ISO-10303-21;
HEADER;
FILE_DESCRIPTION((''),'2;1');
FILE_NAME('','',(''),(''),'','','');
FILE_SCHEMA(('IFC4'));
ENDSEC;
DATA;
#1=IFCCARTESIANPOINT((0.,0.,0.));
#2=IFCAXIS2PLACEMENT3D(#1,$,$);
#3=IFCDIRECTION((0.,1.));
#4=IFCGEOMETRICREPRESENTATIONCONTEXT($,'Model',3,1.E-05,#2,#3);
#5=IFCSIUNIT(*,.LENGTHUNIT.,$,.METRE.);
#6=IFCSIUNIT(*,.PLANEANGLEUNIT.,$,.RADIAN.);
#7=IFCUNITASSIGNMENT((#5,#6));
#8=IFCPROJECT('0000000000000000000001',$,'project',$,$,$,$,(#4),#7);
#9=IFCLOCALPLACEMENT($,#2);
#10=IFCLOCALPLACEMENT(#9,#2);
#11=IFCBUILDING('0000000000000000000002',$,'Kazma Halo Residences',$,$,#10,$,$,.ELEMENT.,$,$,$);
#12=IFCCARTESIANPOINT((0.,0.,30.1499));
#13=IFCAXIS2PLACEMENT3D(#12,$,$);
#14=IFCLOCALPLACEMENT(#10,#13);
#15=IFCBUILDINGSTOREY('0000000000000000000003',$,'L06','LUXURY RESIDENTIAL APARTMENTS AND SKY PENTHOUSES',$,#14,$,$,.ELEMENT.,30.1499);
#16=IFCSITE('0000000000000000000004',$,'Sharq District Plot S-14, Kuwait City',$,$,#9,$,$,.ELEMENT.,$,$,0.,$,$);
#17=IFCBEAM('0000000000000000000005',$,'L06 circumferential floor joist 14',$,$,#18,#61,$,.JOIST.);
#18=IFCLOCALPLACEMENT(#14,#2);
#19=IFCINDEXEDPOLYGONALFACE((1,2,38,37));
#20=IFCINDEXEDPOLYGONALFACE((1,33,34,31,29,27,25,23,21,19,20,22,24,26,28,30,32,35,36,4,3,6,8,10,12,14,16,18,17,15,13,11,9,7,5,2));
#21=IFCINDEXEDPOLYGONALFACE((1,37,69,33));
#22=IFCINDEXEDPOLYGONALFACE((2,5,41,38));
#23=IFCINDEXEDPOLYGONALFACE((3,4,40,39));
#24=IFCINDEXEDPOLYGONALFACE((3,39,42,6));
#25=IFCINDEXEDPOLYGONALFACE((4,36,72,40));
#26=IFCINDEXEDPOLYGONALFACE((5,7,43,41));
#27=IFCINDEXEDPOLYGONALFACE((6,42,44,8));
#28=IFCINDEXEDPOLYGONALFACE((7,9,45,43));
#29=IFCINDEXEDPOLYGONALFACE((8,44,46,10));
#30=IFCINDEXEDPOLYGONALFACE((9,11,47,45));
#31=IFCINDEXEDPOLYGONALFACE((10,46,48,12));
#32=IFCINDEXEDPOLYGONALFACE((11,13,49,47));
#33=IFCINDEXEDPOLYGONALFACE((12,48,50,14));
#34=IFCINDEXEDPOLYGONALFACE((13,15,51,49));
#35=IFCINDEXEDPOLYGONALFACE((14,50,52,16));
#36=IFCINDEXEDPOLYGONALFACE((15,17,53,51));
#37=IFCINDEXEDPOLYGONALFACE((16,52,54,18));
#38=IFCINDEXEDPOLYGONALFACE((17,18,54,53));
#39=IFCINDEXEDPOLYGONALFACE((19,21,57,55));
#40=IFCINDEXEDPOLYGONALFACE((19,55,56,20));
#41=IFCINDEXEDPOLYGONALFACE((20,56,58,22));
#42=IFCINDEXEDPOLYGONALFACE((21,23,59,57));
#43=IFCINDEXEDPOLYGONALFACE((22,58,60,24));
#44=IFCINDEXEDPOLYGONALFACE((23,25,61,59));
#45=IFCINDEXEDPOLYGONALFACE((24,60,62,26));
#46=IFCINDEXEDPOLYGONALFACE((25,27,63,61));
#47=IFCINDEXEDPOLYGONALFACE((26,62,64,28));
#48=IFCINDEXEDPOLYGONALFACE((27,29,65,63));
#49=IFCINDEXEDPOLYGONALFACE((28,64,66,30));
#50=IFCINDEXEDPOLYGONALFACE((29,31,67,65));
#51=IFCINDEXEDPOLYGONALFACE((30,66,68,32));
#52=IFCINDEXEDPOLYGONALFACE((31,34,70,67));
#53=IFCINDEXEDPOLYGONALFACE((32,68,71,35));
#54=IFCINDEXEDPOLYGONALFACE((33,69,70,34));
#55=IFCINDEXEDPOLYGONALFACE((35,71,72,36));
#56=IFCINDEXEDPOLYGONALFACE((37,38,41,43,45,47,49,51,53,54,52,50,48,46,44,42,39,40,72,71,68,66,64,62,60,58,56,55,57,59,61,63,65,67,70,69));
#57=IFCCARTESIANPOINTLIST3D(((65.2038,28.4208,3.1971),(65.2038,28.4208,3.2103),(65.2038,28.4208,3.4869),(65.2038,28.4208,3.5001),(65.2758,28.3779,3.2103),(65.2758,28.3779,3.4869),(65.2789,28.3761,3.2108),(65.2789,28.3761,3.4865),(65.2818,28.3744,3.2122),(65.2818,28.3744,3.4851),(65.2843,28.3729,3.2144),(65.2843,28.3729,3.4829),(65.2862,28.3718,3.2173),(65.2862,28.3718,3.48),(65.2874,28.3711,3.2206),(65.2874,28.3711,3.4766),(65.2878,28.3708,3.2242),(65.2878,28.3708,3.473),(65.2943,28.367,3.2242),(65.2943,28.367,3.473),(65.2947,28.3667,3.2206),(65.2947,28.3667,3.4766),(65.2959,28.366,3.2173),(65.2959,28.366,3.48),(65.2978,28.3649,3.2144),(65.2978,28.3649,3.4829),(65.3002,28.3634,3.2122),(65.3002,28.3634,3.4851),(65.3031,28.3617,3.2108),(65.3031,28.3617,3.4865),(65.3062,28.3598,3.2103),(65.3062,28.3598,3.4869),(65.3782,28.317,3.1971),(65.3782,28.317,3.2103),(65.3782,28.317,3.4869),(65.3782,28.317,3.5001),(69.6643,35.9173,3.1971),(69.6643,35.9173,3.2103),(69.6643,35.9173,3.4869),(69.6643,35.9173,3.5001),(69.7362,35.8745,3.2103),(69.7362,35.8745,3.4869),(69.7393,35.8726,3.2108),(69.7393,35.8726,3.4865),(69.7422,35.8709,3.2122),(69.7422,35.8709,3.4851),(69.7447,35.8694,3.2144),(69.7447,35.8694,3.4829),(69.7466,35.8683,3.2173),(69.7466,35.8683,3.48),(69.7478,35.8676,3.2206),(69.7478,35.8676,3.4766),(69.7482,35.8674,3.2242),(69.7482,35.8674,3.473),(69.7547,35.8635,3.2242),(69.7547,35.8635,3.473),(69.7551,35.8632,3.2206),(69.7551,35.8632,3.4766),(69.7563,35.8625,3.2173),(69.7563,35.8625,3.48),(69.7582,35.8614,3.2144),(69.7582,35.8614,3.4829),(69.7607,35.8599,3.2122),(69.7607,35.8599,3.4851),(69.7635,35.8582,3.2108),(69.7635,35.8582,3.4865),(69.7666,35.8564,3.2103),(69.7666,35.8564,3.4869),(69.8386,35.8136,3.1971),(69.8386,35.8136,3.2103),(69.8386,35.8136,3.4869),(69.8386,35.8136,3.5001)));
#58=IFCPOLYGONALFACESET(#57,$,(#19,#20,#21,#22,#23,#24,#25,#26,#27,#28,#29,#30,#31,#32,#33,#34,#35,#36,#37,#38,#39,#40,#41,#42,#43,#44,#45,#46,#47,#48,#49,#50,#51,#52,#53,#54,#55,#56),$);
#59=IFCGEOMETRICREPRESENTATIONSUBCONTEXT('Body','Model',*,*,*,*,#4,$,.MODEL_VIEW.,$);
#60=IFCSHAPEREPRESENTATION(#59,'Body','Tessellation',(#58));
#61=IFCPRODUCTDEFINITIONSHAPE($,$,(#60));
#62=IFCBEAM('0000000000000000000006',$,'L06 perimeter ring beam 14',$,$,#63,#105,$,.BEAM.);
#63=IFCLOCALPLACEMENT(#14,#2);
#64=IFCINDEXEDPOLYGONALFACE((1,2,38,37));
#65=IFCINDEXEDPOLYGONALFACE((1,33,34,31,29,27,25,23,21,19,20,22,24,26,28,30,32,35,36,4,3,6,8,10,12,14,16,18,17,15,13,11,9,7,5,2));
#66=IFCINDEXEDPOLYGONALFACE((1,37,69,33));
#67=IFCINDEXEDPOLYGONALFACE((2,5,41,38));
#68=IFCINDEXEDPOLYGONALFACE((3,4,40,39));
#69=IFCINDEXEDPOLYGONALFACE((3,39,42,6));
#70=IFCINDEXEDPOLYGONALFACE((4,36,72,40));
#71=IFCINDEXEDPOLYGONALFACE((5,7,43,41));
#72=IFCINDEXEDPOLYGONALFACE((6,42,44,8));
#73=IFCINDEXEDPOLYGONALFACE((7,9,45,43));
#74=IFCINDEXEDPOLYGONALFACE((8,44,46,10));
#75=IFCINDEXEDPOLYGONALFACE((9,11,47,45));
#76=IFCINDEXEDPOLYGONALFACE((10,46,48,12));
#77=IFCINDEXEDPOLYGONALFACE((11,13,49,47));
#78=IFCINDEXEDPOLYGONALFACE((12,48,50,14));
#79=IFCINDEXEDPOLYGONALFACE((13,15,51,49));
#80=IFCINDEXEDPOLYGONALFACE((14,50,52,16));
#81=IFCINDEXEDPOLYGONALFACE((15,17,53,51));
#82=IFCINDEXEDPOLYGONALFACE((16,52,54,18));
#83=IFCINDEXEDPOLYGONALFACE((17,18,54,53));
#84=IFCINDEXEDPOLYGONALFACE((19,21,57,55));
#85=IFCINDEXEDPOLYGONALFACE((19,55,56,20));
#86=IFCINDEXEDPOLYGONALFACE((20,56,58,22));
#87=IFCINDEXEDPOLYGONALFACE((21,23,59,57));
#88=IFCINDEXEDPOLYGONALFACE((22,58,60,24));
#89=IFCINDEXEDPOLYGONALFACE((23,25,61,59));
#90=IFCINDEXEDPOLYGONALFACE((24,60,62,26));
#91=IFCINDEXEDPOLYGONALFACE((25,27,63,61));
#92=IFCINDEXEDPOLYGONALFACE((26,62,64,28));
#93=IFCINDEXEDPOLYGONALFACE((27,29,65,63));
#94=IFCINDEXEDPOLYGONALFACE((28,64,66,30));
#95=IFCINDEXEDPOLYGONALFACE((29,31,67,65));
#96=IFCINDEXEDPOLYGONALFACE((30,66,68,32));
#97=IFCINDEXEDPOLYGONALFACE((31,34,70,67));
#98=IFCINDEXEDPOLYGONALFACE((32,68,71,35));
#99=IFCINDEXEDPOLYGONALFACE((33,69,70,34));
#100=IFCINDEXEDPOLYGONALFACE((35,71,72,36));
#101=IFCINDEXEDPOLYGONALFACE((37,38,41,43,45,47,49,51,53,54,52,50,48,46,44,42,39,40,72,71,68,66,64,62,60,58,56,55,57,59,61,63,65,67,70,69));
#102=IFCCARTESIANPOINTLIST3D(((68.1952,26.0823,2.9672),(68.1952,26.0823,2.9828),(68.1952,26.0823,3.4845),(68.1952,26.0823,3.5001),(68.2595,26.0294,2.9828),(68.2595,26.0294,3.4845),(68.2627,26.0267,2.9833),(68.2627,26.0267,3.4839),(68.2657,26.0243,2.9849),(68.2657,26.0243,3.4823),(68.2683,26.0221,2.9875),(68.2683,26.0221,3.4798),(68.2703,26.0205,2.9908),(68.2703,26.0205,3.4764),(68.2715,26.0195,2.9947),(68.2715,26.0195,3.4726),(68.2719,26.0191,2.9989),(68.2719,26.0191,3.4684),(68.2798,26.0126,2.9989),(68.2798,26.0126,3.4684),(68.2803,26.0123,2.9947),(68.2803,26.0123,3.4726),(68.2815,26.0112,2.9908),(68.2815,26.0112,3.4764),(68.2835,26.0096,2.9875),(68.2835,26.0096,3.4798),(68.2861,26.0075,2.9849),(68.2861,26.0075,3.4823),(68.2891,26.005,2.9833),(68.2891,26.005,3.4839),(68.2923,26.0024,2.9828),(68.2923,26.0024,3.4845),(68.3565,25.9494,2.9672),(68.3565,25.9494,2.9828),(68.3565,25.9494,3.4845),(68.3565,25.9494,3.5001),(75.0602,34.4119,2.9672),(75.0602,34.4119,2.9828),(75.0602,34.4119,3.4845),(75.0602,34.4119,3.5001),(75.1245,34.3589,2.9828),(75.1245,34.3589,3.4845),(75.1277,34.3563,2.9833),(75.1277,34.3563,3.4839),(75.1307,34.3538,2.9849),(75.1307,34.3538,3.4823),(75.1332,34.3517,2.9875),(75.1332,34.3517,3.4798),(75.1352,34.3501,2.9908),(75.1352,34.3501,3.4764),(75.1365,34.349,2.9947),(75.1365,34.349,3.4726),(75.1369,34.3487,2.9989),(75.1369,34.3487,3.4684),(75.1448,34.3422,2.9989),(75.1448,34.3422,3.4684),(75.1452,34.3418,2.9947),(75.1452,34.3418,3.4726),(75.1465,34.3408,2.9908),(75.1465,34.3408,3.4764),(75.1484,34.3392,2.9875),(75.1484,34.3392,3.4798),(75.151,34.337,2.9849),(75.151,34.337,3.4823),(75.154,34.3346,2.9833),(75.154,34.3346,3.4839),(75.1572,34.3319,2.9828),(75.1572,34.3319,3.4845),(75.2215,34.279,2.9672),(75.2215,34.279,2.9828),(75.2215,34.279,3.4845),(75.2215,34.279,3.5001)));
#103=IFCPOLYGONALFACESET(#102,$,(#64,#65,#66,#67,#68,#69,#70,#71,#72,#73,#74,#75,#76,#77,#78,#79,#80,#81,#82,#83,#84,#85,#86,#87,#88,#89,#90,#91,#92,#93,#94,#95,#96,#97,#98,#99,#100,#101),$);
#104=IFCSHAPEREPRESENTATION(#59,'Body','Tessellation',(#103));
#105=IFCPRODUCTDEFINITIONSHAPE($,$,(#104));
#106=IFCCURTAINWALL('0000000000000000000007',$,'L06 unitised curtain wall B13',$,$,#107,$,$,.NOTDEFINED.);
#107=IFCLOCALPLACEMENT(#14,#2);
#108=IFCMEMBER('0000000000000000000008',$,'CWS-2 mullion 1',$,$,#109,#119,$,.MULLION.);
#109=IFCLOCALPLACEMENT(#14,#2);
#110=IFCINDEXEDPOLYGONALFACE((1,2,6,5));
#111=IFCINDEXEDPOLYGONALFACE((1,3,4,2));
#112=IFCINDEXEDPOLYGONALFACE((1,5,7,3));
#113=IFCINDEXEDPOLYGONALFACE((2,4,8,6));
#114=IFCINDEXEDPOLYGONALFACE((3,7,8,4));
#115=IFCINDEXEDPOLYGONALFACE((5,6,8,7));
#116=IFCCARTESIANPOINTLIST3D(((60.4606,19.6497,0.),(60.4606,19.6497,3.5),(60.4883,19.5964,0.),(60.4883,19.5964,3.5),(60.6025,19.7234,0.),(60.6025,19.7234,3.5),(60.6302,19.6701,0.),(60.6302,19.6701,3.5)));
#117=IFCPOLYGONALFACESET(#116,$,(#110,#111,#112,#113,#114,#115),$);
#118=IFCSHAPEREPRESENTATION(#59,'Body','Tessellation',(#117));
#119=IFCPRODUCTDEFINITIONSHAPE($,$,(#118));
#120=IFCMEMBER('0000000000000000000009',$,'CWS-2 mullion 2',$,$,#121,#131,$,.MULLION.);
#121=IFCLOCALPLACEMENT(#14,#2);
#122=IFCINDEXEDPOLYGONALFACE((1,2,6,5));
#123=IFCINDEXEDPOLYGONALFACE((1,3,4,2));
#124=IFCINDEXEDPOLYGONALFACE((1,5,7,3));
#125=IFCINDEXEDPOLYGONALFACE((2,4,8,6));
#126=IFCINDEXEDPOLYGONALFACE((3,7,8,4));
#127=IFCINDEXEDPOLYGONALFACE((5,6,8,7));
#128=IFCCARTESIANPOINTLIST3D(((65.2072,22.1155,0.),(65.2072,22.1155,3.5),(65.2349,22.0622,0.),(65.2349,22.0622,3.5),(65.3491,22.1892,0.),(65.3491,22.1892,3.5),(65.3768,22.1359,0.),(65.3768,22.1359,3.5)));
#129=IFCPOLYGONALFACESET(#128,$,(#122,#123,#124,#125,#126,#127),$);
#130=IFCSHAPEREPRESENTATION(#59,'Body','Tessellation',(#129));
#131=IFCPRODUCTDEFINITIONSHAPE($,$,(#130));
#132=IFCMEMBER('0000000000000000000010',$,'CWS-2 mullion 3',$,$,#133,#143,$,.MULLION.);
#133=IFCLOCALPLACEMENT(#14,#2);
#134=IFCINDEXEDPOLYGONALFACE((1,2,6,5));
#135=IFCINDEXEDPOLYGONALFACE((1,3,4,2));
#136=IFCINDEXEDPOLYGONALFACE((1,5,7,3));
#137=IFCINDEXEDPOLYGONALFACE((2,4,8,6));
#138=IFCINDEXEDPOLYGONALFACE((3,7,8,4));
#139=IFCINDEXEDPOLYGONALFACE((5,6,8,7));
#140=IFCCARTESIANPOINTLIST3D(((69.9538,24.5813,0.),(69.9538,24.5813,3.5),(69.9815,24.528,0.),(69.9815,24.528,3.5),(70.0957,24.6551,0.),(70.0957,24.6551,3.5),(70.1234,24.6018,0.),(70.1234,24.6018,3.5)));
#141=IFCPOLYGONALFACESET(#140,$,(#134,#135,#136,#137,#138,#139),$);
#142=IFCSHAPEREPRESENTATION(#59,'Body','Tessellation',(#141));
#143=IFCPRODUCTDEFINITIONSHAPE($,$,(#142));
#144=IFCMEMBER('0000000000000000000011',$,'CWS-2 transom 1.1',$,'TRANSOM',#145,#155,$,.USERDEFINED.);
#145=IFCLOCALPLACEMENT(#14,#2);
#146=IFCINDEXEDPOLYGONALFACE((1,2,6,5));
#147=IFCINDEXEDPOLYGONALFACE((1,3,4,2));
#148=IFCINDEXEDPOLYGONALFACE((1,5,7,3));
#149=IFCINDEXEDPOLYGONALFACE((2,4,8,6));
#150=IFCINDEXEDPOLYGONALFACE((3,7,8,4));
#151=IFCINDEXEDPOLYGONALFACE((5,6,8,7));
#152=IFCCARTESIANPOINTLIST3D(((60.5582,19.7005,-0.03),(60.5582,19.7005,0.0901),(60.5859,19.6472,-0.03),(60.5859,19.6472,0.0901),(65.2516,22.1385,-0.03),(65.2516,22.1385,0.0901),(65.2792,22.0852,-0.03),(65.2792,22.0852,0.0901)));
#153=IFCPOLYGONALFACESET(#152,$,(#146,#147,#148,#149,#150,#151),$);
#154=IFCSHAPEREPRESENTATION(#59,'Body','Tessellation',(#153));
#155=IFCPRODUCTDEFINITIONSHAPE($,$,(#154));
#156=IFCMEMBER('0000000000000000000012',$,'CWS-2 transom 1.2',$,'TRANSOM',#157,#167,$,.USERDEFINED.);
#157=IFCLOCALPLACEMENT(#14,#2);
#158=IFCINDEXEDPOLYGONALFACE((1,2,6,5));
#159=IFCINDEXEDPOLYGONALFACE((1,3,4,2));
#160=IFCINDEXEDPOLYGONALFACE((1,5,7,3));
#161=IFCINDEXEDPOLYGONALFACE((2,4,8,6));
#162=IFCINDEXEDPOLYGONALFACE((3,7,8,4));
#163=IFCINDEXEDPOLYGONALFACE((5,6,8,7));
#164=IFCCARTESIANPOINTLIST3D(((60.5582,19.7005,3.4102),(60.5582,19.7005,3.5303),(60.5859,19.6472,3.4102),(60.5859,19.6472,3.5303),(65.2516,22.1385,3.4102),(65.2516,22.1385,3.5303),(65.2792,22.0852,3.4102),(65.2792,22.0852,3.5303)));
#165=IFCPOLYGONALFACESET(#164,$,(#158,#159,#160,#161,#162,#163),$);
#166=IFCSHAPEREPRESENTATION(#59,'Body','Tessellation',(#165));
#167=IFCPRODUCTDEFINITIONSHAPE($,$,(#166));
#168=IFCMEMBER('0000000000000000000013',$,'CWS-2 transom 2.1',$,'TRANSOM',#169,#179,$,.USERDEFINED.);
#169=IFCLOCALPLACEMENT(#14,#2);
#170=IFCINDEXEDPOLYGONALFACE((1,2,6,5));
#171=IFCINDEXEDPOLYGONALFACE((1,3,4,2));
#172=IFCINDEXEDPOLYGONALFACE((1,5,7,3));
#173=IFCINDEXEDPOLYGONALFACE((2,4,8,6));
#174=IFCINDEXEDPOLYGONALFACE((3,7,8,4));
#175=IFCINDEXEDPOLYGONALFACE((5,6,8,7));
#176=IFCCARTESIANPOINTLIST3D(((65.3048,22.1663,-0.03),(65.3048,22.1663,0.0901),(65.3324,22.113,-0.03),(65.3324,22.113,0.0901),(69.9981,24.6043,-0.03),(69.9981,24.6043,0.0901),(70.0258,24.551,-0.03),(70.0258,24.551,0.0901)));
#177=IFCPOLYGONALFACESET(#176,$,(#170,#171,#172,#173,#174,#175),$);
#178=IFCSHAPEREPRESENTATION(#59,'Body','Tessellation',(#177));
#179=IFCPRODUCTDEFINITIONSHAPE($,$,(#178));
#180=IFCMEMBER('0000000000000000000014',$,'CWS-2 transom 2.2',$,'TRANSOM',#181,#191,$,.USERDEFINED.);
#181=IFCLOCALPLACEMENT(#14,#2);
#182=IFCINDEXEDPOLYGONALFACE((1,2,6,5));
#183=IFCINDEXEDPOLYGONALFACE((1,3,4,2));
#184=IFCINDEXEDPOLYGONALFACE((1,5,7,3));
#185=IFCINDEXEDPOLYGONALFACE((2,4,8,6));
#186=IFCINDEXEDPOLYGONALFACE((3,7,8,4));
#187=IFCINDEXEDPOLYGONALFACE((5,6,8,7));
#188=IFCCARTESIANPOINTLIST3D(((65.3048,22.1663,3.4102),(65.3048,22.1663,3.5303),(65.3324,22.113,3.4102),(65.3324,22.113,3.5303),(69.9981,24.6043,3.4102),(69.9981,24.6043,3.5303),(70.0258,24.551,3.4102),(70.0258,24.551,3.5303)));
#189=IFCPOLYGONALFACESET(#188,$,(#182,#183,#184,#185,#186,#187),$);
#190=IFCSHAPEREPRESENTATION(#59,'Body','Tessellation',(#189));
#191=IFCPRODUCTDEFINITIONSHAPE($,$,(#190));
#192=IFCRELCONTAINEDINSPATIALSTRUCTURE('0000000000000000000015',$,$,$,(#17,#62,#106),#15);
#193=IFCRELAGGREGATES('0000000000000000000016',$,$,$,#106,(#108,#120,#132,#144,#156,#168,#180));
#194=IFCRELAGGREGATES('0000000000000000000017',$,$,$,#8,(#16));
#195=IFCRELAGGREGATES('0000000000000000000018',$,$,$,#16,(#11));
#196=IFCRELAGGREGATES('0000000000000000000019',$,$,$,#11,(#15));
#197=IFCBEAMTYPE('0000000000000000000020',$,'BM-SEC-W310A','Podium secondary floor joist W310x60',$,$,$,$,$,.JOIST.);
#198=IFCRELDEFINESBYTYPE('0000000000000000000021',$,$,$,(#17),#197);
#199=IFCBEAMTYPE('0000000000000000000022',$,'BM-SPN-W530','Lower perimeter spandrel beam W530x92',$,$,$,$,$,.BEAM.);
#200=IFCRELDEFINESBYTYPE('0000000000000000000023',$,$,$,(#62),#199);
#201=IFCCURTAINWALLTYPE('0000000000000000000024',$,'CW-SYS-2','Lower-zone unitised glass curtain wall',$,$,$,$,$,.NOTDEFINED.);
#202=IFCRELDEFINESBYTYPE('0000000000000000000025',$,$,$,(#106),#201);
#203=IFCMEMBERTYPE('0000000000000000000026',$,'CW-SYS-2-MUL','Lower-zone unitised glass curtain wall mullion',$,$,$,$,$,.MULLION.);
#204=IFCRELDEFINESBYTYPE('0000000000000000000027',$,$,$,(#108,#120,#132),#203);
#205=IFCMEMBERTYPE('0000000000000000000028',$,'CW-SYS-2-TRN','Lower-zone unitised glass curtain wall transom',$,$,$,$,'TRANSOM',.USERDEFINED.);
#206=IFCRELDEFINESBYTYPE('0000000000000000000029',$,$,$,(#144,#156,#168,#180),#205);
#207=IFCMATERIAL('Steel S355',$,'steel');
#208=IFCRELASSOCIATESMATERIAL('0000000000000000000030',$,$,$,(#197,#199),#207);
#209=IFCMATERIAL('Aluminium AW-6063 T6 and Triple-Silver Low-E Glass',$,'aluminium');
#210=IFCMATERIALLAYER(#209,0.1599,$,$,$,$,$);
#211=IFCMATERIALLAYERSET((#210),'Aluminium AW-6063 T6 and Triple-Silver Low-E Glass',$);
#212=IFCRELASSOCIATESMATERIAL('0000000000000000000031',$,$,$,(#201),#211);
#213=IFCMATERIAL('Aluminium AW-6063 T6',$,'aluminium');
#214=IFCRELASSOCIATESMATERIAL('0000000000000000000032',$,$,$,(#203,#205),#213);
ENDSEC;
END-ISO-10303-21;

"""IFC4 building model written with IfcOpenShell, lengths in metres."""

from ifc_helpers import new_model, si_unit, direction, frame, origin, origin_2d, place, context, subcontext, project, spatial, rectangle, i_section, extrude, material, layer, layer_set, material_profile, profile_set, type_object, element, aggregate, save


model = new_model("IFC4")

# Units and contexts
model_context = context("Model", 3, precision=1e-05, world=origin(), true_north=direction((0.0, 1.0)))
body_context = subcontext(model_context, "Body", "Model", "MODEL_VIEW")
ifc_project = project(units=[si_unit("LENGTHUNIT", "METRE"), si_unit("PLANEANGLEUNIT", "RADIAN")], contexts=[model_context])

# Site, building, storey
site_placement = place(None, origin())
site = spatial("IfcSite", under=ifc_project, at=site_placement, Name="Sharq District Plot S-14, Kuwait City", CompositionType="ELEMENT", RefElevation=0.0)
building_placement = place(site_placement, origin())
building = spatial("IfcBuilding", under=site, at=building_placement, Name="Kazma Halo Residences", CompositionType="ELEMENT")
storey_placement = place(building_placement, frame((0.0, 0.0, 30.1499)))
storey = spatial("IfcBuildingStorey", under=building, at=storey_placement, Name="L06", Description="LUXURY RESIDENTIAL APARTMENTS AND SKY PENTHOUSES", CompositionType="ELEMENT", Elevation=30.1499)

# Beams
ifc_material_1 = material(Name="Steel S355", Category="steel")
ifc_material_profile_1 = material_profile(ifc_material_1, i_section(OverallWidth=0.2029, OverallDepth=0.303, WebThickness=0.0076, FlangeThickness=0.0132, FilletRadius=0.0139, at=origin_2d()), Name="W310x60")
ifc_profile_set_1 = profile_set([ifc_material_profile_1], Name="Steel S355")
beam_type_1 = type_object("IfcBeamType", Name="BM-SEC-W310A", Description="Podium secondary floor joist W310x60", PredefinedType="JOIST", material=ifc_profile_set_1)
beam_1_placement = place(storey_placement, frame((65.291, 28.3689, 3.3486), z_axis=(0.511331, 0.859384, 0.0), x_axis=(-0.859384, 0.511331, 0.0)))
element("IfcBeam", 1, at=beam_1_placement, inside=storey, type_object=beam_type_1, Name="L06 circumferential floor joist 14", PredefinedType="JOIST", context=body_context, shape_type="SweptSolid", body=[
    extrude(i_section(OverallWidth=0.2029, OverallDepth=0.303, WebThickness=0.0076, FlangeThickness=0.0132, FilletRadius=0.0139, at=origin_2d()), origin(), (0.0, 0.0, 1.0), 8.7231),
])
ifc_material_profile_2 = material_profile(ifc_material_1, i_section(OverallWidth=0.209, OverallDepth=0.533, WebThickness=0.0103, FlangeThickness=0.0156, FilletRadius=0.0161, at=origin_2d()), Name="W530x92")
ifc_profile_set_2 = profile_set([ifc_material_profile_2], Name="Steel S355")
beam_type_2 = type_object("IfcBeamType", Name="BM-SPN-W530", Description="Lower perimeter spandrel beam W530x92", PredefinedType="BEAM", material=ifc_profile_set_2)
beam_2_placement = place(storey_placement, frame((68.2759, 26.0159, 3.2336), z_axis=(0.636001, 0.771688, 0.0), x_axis=(-0.771688, 0.636001, 0.0)))
element("IfcBeam", 2, at=beam_2_placement, inside=storey, type_object=beam_type_2, Name="L06 perimeter ring beam 14", PredefinedType="BEAM", context=body_context, shape_type="SweptSolid", body=[
    extrude(i_section(OverallWidth=0.209, OverallDepth=0.533, WebThickness=0.0103, FlangeThickness=0.0156, FilletRadius=0.0161, at=origin_2d()), origin(), (0.0, 0.0, 1.0), 10.7939),
])

# Curtain wall, members
ifc_material_2 = material(Name="Aluminium AW-6063 T6 and Triple-Silver Low-E Glass", Category="aluminium")
ifc_layer_1 = layer(ifc_material_2, 0.1599)
ifc_layer_set_1 = layer_set([ifc_layer_1], Name="Aluminium AW-6063 T6 and Triple-Silver Low-E Glass")
curtain_wall_type = type_object("IfcCurtainWallType", Name="CW-SYS-2", Description="Lower-zone unitised glass curtain wall", PredefinedType="NOTDEFINED", material=ifc_layer_set_1)
curtain_wall_placement = place(storey_placement, origin())
curtain_wall = element("IfcCurtainWall", 3, at=curtain_wall_placement, inside=storey, type_object=curtain_wall_type, Name="L06 unitised curtain wall B13", PredefinedType="NOTDEFINED")
ifc_material_3 = material(Name="Aluminium AW-6063 T6", Category="aluminium")
ifc_material_profile_3 = material_profile(ifc_material_3, rectangle(XDim=0.0601, YDim=0.1599, at=origin_2d()), Name="CWM-60x160")
ifc_profile_set_3 = profile_set([ifc_material_profile_3], Name="Aluminium AW-6063 T6")
member_type_1 = type_object("IfcMemberType", Name="CW-SYS-2-MUL", Description="Lower-zone unitised glass curtain wall mullion", PredefinedType="MULLION", material=ifc_profile_set_3)
member_1_placement = place(storey_placement, frame((60.5454, 19.6599, 0.0), z_axis=(0.0, 0.0, 1.0), x_axis=(-0.460996, 0.887402, 0.0)))
member_1 = element("IfcMember", 4, at=member_1_placement, type_object=member_type_1, Name="CWS-2 mullion 1", PredefinedType="MULLION", context=body_context, shape_type="SweptSolid", body=[
    extrude(rectangle(XDim=0.0601, YDim=0.1599, at=origin_2d()), origin(), (0.0, 0.0, 1.0), 3.5),
])
member_2_placement = place(storey_placement, frame((65.292, 22.1257, 0.0), z_axis=(0.0, 0.0, 1.0), x_axis=(-0.460996, 0.887402, 0.0)))
member_2 = element("IfcMember", 5, at=member_2_placement, type_object=member_type_1, Name="CWS-2 mullion 2", PredefinedType="MULLION", context=body_context, shape_type="SweptSolid", body=[
    extrude(rectangle(XDim=0.0601, YDim=0.1599, at=origin_2d()), origin(), (0.0, 0.0, 1.0), 3.5),
])
member_3_placement = place(storey_placement, frame((70.0386, 24.5916, 0.0), z_axis=(0.0, 0.0, 1.0), x_axis=(-0.460996, 0.887402, 0.0)))
member_3 = element("IfcMember", 6, at=member_3_placement, type_object=member_type_1, Name="CWS-2 mullion 3", PredefinedType="MULLION", context=body_context, shape_type="SweptSolid", body=[
    extrude(rectangle(XDim=0.0601, YDim=0.1599, at=origin_2d()), origin(), (0.0, 0.0, 1.0), 3.5),
])
ifc_material_profile_4 = material_profile(ifc_material_3, rectangle(XDim=0.0601, YDim=0.1201, at=origin_2d()), Name="CWT-60x120")
ifc_profile_set_4 = profile_set([ifc_material_profile_4], Name="Aluminium AW-6063 T6")
member_type_2 = type_object("IfcMemberType", Name="CW-SYS-2-TRN", Description="Lower-zone unitised glass curtain wall transom", ElementType="TRANSOM", PredefinedType="USERDEFINED", material=ifc_profile_set_4)
member_4_placement = place(storey_placement, frame((60.572, 19.6738, 0.03), z_axis=(0.887415, 0.460972, 0.0), x_axis=(-0.460972, 0.887415, 0.0)))
member_4 = element("IfcMember", 7, at=member_4_placement, type_object=member_type_2, Name="CWS-2 transom 1.1", ObjectType="TRANSOM", PredefinedType="USERDEFINED", context=body_context, shape_type="SweptSolid", body=[
    extrude(rectangle(XDim=0.0601, YDim=0.1201, at=origin_2d()), origin(), (0.0, 0.0, 1.0), 5.2888),
])
member_5_placement = place(storey_placement, frame((60.572, 19.6738, 3.4702), z_axis=(0.887415, 0.460972, 0.0), x_axis=(-0.460972, 0.887415, 0.0)))
member_5 = element("IfcMember", 8, at=member_5_placement, type_object=member_type_2, Name="CWS-2 transom 1.2", ObjectType="TRANSOM", PredefinedType="USERDEFINED", context=body_context, shape_type="SweptSolid", body=[
    extrude(rectangle(XDim=0.0601, YDim=0.1201, at=origin_2d()), origin(), (0.0, 0.0, 1.0), 5.2888),
])
member_6_placement = place(storey_placement, frame((65.3186, 22.1396, 0.03), z_axis=(0.887415, 0.460972, 0.0), x_axis=(-0.460972, 0.887415, 0.0)))
member_6 = element("IfcMember", 9, at=member_6_placement, type_object=member_type_2, Name="CWS-2 transom 2.1", ObjectType="TRANSOM", PredefinedType="USERDEFINED", context=body_context, shape_type="SweptSolid", body=[
    extrude(rectangle(XDim=0.0601, YDim=0.1201, at=origin_2d()), origin(), (0.0, 0.0, 1.0), 5.2888),
])
member_7_placement = place(storey_placement, frame((65.3186, 22.1396, 3.4702), z_axis=(0.887415, 0.460972, 0.0), x_axis=(-0.460972, 0.887415, 0.0)))
member_7 = element("IfcMember", 10, at=member_7_placement, type_object=member_type_2, Name="CWS-2 transom 2.2", ObjectType="TRANSOM", PredefinedType="USERDEFINED", context=body_context, shape_type="SweptSolid", body=[
    extrude(rectangle(XDim=0.0601, YDim=0.1201, at=origin_2d()), origin(), (0.0, 0.0, 1.0), 5.2888),
])
aggregate(curtain_wall, [member_1, member_2, member_3, member_4, member_5, member_6, member_7])

save(model, "model.ifc")
